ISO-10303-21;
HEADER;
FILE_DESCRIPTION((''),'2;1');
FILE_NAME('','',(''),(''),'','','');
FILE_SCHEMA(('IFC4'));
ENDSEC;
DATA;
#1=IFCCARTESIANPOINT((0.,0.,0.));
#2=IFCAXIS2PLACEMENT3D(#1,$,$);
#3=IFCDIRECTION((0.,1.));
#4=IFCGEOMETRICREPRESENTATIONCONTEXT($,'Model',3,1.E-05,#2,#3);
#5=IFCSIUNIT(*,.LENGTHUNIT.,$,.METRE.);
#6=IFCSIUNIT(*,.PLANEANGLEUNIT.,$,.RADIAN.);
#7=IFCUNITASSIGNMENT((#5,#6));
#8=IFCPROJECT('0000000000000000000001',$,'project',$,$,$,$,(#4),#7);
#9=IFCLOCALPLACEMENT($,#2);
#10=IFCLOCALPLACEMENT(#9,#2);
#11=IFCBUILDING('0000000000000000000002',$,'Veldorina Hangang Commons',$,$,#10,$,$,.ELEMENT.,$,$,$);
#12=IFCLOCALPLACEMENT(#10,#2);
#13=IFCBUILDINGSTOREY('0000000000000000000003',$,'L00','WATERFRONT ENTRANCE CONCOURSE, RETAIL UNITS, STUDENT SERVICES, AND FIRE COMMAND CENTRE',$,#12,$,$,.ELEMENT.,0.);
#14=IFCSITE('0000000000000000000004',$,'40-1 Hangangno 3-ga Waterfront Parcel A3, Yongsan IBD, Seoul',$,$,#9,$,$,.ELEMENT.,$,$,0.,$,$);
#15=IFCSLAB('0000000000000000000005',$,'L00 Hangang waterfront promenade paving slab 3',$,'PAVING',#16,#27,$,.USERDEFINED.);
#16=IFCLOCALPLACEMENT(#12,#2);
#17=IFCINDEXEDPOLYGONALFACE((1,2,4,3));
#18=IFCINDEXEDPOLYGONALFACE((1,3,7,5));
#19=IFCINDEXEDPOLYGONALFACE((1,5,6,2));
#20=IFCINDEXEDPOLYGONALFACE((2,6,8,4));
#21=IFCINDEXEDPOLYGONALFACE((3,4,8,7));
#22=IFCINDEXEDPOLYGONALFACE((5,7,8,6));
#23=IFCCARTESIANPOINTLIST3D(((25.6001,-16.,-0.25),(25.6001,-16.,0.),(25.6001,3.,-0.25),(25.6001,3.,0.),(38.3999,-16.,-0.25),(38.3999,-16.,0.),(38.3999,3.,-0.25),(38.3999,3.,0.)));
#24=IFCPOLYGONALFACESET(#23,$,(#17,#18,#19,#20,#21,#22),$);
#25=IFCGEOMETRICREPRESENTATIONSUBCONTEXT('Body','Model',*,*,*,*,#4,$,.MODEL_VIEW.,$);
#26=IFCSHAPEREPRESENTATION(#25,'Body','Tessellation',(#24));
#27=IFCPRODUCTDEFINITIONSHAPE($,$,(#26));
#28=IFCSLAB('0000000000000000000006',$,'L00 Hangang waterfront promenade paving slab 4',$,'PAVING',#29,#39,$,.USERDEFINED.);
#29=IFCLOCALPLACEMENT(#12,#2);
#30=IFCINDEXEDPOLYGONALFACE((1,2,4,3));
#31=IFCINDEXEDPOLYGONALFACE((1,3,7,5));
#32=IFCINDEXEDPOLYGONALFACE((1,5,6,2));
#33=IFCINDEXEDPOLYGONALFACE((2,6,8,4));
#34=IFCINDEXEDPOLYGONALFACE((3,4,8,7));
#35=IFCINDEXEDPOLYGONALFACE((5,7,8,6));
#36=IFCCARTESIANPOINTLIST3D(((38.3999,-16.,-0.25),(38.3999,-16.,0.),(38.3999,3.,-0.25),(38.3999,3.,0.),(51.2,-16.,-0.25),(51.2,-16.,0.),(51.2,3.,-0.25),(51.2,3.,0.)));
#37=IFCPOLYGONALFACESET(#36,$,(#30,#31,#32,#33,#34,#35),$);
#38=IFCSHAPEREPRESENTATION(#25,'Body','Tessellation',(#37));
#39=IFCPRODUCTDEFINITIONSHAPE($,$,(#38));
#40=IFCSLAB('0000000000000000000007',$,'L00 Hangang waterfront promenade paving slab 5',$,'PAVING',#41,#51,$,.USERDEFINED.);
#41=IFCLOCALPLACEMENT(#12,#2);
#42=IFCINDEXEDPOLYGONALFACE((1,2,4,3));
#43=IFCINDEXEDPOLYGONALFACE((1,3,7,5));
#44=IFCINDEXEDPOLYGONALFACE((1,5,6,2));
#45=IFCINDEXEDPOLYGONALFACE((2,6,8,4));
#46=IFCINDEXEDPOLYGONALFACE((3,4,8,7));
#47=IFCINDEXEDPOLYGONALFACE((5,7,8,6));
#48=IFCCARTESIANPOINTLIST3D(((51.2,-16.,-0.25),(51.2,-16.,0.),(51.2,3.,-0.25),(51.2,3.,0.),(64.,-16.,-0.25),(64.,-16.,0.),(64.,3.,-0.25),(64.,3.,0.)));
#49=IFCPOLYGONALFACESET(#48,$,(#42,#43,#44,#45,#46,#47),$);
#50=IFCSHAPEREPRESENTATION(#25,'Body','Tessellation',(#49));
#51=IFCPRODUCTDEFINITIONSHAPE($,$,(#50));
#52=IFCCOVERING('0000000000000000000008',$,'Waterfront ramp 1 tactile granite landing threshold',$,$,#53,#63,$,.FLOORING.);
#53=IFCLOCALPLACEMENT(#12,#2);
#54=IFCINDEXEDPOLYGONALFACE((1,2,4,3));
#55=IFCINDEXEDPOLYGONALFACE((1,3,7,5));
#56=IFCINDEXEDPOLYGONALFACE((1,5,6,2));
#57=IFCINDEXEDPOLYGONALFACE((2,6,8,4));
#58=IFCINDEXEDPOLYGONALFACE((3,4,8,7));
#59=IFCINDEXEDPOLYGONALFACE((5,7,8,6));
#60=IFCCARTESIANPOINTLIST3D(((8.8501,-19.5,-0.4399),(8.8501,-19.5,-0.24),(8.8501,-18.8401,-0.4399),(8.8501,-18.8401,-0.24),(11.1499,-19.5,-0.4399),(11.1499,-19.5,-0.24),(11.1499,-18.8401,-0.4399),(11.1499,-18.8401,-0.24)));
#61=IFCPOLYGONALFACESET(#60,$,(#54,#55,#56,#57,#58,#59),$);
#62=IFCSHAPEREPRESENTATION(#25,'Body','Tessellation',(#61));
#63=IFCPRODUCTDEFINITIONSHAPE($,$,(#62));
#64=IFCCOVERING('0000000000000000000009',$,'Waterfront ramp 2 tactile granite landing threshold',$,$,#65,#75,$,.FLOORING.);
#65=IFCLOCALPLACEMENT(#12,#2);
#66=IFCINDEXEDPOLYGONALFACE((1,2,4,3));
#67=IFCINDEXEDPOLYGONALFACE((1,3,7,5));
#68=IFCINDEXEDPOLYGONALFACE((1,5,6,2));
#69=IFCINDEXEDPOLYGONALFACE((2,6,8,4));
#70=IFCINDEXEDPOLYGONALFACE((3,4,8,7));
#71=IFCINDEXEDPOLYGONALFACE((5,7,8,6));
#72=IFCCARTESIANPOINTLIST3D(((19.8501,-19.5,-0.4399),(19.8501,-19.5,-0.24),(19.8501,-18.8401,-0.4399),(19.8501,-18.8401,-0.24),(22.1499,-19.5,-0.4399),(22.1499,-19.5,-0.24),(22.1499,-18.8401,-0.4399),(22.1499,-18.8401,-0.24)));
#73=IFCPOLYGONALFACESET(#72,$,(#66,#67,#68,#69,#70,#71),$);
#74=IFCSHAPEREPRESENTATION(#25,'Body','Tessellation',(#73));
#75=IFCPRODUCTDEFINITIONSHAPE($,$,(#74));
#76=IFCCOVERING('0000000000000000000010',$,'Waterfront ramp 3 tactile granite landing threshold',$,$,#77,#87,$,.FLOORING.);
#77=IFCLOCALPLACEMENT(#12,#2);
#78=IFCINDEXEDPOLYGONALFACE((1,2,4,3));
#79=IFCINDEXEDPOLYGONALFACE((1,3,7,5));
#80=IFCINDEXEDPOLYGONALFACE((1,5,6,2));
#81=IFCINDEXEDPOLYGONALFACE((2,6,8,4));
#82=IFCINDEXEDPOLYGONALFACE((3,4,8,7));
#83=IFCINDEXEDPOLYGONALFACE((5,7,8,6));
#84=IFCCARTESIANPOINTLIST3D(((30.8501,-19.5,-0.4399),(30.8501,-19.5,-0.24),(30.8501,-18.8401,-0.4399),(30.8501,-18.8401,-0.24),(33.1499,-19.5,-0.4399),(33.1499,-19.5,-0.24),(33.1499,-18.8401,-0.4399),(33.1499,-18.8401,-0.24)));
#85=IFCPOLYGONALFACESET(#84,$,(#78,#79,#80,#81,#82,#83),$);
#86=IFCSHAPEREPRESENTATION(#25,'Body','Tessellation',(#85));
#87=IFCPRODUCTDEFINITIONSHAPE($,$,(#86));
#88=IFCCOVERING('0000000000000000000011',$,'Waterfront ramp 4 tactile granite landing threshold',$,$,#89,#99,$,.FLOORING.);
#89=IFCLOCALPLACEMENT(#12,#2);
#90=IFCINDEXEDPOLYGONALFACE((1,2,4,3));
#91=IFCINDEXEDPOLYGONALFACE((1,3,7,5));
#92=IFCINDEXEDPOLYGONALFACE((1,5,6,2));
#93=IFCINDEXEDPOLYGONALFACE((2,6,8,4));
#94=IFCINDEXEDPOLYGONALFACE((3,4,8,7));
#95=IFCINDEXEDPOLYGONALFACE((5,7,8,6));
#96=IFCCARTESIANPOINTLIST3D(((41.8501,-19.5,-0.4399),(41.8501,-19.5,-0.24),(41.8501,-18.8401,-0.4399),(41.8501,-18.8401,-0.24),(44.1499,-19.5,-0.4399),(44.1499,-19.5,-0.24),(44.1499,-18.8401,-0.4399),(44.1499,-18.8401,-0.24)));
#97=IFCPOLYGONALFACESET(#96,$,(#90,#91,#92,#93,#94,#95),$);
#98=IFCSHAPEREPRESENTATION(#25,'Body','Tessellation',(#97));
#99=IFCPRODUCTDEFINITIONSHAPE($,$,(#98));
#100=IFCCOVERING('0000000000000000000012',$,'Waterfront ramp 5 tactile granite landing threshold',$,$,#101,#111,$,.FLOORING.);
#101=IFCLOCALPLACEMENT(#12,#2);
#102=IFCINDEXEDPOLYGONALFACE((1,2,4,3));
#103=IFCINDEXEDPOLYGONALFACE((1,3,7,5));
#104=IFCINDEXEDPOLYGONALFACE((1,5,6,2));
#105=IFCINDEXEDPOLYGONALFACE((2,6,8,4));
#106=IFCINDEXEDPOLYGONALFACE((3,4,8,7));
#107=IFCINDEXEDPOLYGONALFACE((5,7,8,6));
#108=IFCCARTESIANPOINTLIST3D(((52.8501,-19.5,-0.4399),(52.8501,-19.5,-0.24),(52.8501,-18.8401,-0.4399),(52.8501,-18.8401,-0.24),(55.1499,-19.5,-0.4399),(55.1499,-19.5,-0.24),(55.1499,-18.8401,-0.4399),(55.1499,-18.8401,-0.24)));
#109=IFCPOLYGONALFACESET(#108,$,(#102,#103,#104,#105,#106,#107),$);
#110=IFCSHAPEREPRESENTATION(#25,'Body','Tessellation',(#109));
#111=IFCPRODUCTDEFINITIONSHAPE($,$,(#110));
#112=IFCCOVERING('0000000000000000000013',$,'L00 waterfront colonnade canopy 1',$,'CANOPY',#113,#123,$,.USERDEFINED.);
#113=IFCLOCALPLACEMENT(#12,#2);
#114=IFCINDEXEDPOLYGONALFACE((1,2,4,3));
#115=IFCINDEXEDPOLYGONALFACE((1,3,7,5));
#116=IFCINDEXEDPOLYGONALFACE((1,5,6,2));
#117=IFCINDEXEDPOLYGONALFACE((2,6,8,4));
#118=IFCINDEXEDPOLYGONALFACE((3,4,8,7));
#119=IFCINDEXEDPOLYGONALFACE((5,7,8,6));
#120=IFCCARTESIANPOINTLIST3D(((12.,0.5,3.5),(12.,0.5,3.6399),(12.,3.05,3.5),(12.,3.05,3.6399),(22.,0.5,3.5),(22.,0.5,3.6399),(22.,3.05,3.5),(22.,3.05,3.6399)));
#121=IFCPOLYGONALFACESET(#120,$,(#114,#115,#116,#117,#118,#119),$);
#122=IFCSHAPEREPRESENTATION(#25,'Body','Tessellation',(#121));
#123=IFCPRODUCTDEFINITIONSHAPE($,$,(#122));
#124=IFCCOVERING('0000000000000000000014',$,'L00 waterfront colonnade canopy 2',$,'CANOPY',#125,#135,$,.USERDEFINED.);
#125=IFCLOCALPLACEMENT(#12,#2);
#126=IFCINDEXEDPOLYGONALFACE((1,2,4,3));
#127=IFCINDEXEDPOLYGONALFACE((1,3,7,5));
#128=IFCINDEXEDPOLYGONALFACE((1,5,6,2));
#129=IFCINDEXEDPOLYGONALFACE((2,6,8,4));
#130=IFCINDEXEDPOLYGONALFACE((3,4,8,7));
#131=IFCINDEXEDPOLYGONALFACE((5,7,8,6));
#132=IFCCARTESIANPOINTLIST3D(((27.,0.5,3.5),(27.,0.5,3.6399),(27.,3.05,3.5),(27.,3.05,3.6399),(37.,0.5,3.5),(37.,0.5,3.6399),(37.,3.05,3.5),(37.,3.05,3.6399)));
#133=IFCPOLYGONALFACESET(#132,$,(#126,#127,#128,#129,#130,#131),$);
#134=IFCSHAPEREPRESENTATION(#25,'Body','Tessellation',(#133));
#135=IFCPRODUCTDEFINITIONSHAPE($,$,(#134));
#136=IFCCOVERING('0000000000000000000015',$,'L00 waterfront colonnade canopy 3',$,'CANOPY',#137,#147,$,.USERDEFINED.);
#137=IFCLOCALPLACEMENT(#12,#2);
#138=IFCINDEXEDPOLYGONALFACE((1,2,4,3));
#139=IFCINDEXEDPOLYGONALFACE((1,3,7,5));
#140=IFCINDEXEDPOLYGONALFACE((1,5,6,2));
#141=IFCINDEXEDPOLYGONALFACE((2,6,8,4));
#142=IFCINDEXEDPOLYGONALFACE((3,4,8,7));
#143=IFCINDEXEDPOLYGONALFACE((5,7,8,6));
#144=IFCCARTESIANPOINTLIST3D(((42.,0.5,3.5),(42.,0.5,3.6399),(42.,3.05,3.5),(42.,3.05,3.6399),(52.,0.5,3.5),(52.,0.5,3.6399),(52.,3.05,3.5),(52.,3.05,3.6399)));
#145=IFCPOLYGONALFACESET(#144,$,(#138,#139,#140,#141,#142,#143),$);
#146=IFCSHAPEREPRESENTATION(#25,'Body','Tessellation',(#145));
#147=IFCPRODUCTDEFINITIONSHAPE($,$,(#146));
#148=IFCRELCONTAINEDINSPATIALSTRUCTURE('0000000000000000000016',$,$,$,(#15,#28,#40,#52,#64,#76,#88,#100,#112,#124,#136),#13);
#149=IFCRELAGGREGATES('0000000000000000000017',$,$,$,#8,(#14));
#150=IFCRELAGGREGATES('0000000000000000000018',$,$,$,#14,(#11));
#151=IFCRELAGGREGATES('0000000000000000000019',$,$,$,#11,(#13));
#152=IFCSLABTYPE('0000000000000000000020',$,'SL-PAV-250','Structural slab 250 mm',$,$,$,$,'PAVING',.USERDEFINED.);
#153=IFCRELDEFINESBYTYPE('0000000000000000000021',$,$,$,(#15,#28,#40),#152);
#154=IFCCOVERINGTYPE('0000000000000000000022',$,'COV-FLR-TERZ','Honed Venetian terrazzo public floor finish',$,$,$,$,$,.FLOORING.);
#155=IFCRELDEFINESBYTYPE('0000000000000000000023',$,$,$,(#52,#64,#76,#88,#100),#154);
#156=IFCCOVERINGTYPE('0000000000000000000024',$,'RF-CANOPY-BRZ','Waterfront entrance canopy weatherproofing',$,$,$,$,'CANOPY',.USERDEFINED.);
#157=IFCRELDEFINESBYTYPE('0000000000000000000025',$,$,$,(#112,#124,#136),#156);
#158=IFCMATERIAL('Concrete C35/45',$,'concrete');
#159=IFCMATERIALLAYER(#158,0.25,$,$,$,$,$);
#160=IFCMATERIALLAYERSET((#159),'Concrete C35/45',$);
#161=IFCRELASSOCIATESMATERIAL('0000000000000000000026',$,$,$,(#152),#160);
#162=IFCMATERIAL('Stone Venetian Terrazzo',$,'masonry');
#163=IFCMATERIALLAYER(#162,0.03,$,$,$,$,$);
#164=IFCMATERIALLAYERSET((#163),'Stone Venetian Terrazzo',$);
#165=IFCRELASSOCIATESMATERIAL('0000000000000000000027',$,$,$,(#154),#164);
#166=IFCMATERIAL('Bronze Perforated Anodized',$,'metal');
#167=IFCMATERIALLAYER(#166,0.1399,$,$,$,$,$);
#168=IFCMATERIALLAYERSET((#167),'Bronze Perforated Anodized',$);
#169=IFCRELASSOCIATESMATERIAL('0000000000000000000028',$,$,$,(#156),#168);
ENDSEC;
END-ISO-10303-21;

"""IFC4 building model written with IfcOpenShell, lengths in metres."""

from ifc_helpers import new_model, si_unit, direction, frame, origin, place, context, subcontext, project, spatial, polyline, outline, extrude, material, layer, layer_set, type_object, element, save


model = new_model("IFC4")

# Units and contexts
model_context = context("Model", 3, precision=1e-05, world=origin(), true_north=direction((0.0, 1.0)))
body_context = subcontext(model_context, "Body", "Model", "MODEL_VIEW")
ifc_project = project(units=[si_unit("LENGTHUNIT", "METRE"), si_unit("PLANEANGLEUNIT", "RADIAN")], contexts=[model_context])

# Site, building, storey
site_placement = place(None, origin())
site = spatial("IfcSite", under=ifc_project, at=site_placement, Name="40-1 Hangangno 3-ga Waterfront Parcel A3, Yongsan IBD, Seoul", CompositionType="ELEMENT", RefElevation=0.0)
building_placement = place(site_placement, origin())
building = spatial("IfcBuilding", under=site, at=building_placement, Name="Veldorina Hangang Commons", CompositionType="ELEMENT")
storey_placement = place(building_placement, origin())
storey = spatial("IfcBuildingStorey", under=building, at=storey_placement, Name="L00", Description="WATERFRONT ENTRANCE CONCOURSE, RETAIL UNITS, STUDENT SERVICES, AND FIRE COMMAND CENTRE", CompositionType="ELEMENT", Elevation=0.0)

# Slabs
ifc_material_1 = material(Name="Concrete C35/45", Category="concrete")
ifc_layer_1 = layer(ifc_material_1, 0.25)
ifc_layer_set_1 = layer_set([ifc_layer_1], Name="Concrete C35/45")
slab_type_1 = type_object("IfcSlabType", Name="SL-PAV-250", Description="Structural slab 250 mm", ElementType="PAVING", PredefinedType="USERDEFINED", material=ifc_layer_set_1)
slab_1_placement = place(storey_placement, frame((0.0, 0.0, -0.25)))
element("IfcSlab", 1, at=slab_1_placement, inside=storey, type_object=slab_type_1, Name="L00 Hangang waterfront promenade paving slab 3", ObjectType="PAVING", PredefinedType="USERDEFINED", context=body_context, shape_type="SweptSolid", body=[
    extrude(outline(polyline([(25.6001, -16.0), (38.3999, -16.0), (38.3999, 3.0), (25.6001, 3.0), (25.6001, -16.0)])), origin(), (0.0, 0.0, 1.0), 0.25),
])
slab_2_placement = place(storey_placement, frame((0.0, 0.0, -0.25)))
element("IfcSlab", 2, at=slab_2_placement, inside=storey, type_object=slab_type_1, Name="L00 Hangang waterfront promenade paving slab 4", ObjectType="PAVING", PredefinedType="USERDEFINED", context=body_context, shape_type="SweptSolid", body=[
    extrude(outline(polyline([(38.3999, -16.0), (51.2, -16.0), (51.2, 3.0), (38.3999, 3.0), (38.3999, -16.0)])), origin(), (0.0, 0.0, 1.0), 0.25),
])
slab_3_placement = place(storey_placement, frame((0.0, 0.0, -0.25)))
element("IfcSlab", 3, at=slab_3_placement, inside=storey, type_object=slab_type_1, Name="L00 Hangang waterfront promenade paving slab 5", ObjectType="PAVING", PredefinedType="USERDEFINED", context=body_context, shape_type="SweptSolid", body=[
    extrude(outline(polyline([(51.2, -16.0), (64.0, -16.0), (64.0, 3.0), (51.2, 3.0), (51.2, -16.0)])), origin(), (0.0, 0.0, 1.0), 0.25),
])

# Coverings
ifc_material_2 = material(Name="Stone Venetian Terrazzo", Category="masonry")
ifc_layer_2 = layer(ifc_material_2, 0.03)
ifc_layer_set_2 = layer_set([ifc_layer_2], Name="Stone Venetian Terrazzo")
covering_type_1 = type_object("IfcCoveringType", Name="COV-FLR-TERZ", Description="Honed Venetian terrazzo public floor finish", PredefinedType="FLOORING", material=ifc_layer_set_2)
covering_1_placement = place(storey_placement, frame((0.0, 0.0, -0.4399)))
element("IfcCovering", 4, at=covering_1_placement, inside=storey, type_object=covering_type_1, Name="Waterfront ramp 1 tactile granite landing threshold", PredefinedType="FLOORING", context=body_context, shape_type="SweptSolid", body=[
    extrude(outline(polyline([(8.8501, -19.5), (11.1499, -19.5), (11.1499, -18.8401), (8.8501, -18.8401), (8.8501, -19.5)])), origin(), (0.0, 0.0, 1.0), 0.2),
])
covering_2_placement = place(storey_placement, frame((0.0, 0.0, -0.4399)))
element("IfcCovering", 5, at=covering_2_placement, inside=storey, type_object=covering_type_1, Name="Waterfront ramp 2 tactile granite landing threshold", PredefinedType="FLOORING", context=body_context, shape_type="SweptSolid", body=[
    extrude(outline(polyline([(19.8501, -19.5), (22.1499, -19.5), (22.1499, -18.8401), (19.8501, -18.8401), (19.8501, -19.5)])), origin(), (0.0, 0.0, 1.0), 0.2),
])
covering_3_placement = place(storey_placement, frame((0.0, 0.0, -0.4399)))
element("IfcCovering", 6, at=covering_3_placement, inside=storey, type_object=covering_type_1, Name="Waterfront ramp 3 tactile granite landing threshold", PredefinedType="FLOORING", context=body_context, shape_type="SweptSolid", body=[
    extrude(outline(polyline([(30.8501, -19.5), (33.1499, -19.5), (33.1499, -18.8401), (30.8501, -18.8401), (30.8501, -19.5)])), origin(), (0.0, 0.0, 1.0), 0.2),
])
covering_4_placement = place(storey_placement, frame((0.0, 0.0, -0.4399)))
element("IfcCovering", 7, at=covering_4_placement, inside=storey, type_object=covering_type_1, Name="Waterfront ramp 4 tactile granite landing threshold", PredefinedType="FLOORING", context=body_context, shape_type="SweptSolid", body=[
    extrude(outline(polyline([(41.8501, -19.5), (44.1499, -19.5), (44.1499, -18.8401), (41.8501, -18.8401), (41.8501, -19.5)])), origin(), (0.0, 0.0, 1.0), 0.2),
])
covering_5_placement = place(storey_placement, frame((0.0, 0.0, -0.4399)))
element("IfcCovering", 8, at=covering_5_placement, inside=storey, type_object=covering_type_1, Name="Waterfront ramp 5 tactile granite landing threshold", PredefinedType="FLOORING", context=body_context, shape_type="SweptSolid", body=[
    extrude(outline(polyline([(52.8501, -19.5), (55.1499, -19.5), (55.1499, -18.8401), (52.8501, -18.8401), (52.8501, -19.5)])), origin(), (0.0, 0.0, 1.0), 0.2),
])
ifc_material_3 = material(Name="Bronze Perforated Anodized", Category="metal")
ifc_layer_3 = layer(ifc_material_3, 0.1399)
ifc_layer_set_3 = layer_set([ifc_layer_3], Name="Bronze Perforated Anodized")
covering_type_2 = type_object("IfcCoveringType", Name="RF-CANOPY-BRZ", Description="Waterfront entrance canopy weatherproofing", ElementType="CANOPY", PredefinedType="USERDEFINED", material=ifc_layer_set_3)
covering_6_placement = place(storey_placement, frame((0.0, 0.0, 3.5)))
element("IfcCovering", 9, at=covering_6_placement, inside=storey, type_object=covering_type_2, Name="L00 waterfront colonnade canopy 1", ObjectType="CANOPY", PredefinedType="USERDEFINED", context=body_context, shape_type="SweptSolid", body=[
    extrude(outline(polyline([(12.0, 0.5), (22.0, 0.5), (22.0, 3.05), (12.0, 3.05), (12.0, 0.5)])), origin(), (0.0, 0.0, 1.0), 0.1399),
])
covering_7_placement = place(storey_placement, frame((0.0, 0.0, 3.5)))
element("IfcCovering", 10, at=covering_7_placement, inside=storey, type_object=covering_type_2, Name="L00 waterfront colonnade canopy 2", ObjectType="CANOPY", PredefinedType="USERDEFINED", context=body_context, shape_type="SweptSolid", body=[
    extrude(outline(polyline([(27.0, 0.5), (37.0, 0.5), (37.0, 3.05), (27.0, 3.05), (27.0, 0.5)])), origin(), (0.0, 0.0, 1.0), 0.1399),
])
covering_8_placement = place(storey_placement, frame((0.0, 0.0, 3.5)))
element("IfcCovering", 11, at=covering_8_placement, inside=storey, type_object=covering_type_2, Name="L00 waterfront colonnade canopy 3", ObjectType="CANOPY", PredefinedType="USERDEFINED", context=body_context, shape_type="SweptSolid", body=[
    extrude(outline(polyline([(42.0, 0.5), (52.0, 0.5), (52.0, 3.05), (42.0, 3.05), (42.0, 0.5)])), origin(), (0.0, 0.0, 1.0), 0.1399),
])

save(model, "model.ifc")
